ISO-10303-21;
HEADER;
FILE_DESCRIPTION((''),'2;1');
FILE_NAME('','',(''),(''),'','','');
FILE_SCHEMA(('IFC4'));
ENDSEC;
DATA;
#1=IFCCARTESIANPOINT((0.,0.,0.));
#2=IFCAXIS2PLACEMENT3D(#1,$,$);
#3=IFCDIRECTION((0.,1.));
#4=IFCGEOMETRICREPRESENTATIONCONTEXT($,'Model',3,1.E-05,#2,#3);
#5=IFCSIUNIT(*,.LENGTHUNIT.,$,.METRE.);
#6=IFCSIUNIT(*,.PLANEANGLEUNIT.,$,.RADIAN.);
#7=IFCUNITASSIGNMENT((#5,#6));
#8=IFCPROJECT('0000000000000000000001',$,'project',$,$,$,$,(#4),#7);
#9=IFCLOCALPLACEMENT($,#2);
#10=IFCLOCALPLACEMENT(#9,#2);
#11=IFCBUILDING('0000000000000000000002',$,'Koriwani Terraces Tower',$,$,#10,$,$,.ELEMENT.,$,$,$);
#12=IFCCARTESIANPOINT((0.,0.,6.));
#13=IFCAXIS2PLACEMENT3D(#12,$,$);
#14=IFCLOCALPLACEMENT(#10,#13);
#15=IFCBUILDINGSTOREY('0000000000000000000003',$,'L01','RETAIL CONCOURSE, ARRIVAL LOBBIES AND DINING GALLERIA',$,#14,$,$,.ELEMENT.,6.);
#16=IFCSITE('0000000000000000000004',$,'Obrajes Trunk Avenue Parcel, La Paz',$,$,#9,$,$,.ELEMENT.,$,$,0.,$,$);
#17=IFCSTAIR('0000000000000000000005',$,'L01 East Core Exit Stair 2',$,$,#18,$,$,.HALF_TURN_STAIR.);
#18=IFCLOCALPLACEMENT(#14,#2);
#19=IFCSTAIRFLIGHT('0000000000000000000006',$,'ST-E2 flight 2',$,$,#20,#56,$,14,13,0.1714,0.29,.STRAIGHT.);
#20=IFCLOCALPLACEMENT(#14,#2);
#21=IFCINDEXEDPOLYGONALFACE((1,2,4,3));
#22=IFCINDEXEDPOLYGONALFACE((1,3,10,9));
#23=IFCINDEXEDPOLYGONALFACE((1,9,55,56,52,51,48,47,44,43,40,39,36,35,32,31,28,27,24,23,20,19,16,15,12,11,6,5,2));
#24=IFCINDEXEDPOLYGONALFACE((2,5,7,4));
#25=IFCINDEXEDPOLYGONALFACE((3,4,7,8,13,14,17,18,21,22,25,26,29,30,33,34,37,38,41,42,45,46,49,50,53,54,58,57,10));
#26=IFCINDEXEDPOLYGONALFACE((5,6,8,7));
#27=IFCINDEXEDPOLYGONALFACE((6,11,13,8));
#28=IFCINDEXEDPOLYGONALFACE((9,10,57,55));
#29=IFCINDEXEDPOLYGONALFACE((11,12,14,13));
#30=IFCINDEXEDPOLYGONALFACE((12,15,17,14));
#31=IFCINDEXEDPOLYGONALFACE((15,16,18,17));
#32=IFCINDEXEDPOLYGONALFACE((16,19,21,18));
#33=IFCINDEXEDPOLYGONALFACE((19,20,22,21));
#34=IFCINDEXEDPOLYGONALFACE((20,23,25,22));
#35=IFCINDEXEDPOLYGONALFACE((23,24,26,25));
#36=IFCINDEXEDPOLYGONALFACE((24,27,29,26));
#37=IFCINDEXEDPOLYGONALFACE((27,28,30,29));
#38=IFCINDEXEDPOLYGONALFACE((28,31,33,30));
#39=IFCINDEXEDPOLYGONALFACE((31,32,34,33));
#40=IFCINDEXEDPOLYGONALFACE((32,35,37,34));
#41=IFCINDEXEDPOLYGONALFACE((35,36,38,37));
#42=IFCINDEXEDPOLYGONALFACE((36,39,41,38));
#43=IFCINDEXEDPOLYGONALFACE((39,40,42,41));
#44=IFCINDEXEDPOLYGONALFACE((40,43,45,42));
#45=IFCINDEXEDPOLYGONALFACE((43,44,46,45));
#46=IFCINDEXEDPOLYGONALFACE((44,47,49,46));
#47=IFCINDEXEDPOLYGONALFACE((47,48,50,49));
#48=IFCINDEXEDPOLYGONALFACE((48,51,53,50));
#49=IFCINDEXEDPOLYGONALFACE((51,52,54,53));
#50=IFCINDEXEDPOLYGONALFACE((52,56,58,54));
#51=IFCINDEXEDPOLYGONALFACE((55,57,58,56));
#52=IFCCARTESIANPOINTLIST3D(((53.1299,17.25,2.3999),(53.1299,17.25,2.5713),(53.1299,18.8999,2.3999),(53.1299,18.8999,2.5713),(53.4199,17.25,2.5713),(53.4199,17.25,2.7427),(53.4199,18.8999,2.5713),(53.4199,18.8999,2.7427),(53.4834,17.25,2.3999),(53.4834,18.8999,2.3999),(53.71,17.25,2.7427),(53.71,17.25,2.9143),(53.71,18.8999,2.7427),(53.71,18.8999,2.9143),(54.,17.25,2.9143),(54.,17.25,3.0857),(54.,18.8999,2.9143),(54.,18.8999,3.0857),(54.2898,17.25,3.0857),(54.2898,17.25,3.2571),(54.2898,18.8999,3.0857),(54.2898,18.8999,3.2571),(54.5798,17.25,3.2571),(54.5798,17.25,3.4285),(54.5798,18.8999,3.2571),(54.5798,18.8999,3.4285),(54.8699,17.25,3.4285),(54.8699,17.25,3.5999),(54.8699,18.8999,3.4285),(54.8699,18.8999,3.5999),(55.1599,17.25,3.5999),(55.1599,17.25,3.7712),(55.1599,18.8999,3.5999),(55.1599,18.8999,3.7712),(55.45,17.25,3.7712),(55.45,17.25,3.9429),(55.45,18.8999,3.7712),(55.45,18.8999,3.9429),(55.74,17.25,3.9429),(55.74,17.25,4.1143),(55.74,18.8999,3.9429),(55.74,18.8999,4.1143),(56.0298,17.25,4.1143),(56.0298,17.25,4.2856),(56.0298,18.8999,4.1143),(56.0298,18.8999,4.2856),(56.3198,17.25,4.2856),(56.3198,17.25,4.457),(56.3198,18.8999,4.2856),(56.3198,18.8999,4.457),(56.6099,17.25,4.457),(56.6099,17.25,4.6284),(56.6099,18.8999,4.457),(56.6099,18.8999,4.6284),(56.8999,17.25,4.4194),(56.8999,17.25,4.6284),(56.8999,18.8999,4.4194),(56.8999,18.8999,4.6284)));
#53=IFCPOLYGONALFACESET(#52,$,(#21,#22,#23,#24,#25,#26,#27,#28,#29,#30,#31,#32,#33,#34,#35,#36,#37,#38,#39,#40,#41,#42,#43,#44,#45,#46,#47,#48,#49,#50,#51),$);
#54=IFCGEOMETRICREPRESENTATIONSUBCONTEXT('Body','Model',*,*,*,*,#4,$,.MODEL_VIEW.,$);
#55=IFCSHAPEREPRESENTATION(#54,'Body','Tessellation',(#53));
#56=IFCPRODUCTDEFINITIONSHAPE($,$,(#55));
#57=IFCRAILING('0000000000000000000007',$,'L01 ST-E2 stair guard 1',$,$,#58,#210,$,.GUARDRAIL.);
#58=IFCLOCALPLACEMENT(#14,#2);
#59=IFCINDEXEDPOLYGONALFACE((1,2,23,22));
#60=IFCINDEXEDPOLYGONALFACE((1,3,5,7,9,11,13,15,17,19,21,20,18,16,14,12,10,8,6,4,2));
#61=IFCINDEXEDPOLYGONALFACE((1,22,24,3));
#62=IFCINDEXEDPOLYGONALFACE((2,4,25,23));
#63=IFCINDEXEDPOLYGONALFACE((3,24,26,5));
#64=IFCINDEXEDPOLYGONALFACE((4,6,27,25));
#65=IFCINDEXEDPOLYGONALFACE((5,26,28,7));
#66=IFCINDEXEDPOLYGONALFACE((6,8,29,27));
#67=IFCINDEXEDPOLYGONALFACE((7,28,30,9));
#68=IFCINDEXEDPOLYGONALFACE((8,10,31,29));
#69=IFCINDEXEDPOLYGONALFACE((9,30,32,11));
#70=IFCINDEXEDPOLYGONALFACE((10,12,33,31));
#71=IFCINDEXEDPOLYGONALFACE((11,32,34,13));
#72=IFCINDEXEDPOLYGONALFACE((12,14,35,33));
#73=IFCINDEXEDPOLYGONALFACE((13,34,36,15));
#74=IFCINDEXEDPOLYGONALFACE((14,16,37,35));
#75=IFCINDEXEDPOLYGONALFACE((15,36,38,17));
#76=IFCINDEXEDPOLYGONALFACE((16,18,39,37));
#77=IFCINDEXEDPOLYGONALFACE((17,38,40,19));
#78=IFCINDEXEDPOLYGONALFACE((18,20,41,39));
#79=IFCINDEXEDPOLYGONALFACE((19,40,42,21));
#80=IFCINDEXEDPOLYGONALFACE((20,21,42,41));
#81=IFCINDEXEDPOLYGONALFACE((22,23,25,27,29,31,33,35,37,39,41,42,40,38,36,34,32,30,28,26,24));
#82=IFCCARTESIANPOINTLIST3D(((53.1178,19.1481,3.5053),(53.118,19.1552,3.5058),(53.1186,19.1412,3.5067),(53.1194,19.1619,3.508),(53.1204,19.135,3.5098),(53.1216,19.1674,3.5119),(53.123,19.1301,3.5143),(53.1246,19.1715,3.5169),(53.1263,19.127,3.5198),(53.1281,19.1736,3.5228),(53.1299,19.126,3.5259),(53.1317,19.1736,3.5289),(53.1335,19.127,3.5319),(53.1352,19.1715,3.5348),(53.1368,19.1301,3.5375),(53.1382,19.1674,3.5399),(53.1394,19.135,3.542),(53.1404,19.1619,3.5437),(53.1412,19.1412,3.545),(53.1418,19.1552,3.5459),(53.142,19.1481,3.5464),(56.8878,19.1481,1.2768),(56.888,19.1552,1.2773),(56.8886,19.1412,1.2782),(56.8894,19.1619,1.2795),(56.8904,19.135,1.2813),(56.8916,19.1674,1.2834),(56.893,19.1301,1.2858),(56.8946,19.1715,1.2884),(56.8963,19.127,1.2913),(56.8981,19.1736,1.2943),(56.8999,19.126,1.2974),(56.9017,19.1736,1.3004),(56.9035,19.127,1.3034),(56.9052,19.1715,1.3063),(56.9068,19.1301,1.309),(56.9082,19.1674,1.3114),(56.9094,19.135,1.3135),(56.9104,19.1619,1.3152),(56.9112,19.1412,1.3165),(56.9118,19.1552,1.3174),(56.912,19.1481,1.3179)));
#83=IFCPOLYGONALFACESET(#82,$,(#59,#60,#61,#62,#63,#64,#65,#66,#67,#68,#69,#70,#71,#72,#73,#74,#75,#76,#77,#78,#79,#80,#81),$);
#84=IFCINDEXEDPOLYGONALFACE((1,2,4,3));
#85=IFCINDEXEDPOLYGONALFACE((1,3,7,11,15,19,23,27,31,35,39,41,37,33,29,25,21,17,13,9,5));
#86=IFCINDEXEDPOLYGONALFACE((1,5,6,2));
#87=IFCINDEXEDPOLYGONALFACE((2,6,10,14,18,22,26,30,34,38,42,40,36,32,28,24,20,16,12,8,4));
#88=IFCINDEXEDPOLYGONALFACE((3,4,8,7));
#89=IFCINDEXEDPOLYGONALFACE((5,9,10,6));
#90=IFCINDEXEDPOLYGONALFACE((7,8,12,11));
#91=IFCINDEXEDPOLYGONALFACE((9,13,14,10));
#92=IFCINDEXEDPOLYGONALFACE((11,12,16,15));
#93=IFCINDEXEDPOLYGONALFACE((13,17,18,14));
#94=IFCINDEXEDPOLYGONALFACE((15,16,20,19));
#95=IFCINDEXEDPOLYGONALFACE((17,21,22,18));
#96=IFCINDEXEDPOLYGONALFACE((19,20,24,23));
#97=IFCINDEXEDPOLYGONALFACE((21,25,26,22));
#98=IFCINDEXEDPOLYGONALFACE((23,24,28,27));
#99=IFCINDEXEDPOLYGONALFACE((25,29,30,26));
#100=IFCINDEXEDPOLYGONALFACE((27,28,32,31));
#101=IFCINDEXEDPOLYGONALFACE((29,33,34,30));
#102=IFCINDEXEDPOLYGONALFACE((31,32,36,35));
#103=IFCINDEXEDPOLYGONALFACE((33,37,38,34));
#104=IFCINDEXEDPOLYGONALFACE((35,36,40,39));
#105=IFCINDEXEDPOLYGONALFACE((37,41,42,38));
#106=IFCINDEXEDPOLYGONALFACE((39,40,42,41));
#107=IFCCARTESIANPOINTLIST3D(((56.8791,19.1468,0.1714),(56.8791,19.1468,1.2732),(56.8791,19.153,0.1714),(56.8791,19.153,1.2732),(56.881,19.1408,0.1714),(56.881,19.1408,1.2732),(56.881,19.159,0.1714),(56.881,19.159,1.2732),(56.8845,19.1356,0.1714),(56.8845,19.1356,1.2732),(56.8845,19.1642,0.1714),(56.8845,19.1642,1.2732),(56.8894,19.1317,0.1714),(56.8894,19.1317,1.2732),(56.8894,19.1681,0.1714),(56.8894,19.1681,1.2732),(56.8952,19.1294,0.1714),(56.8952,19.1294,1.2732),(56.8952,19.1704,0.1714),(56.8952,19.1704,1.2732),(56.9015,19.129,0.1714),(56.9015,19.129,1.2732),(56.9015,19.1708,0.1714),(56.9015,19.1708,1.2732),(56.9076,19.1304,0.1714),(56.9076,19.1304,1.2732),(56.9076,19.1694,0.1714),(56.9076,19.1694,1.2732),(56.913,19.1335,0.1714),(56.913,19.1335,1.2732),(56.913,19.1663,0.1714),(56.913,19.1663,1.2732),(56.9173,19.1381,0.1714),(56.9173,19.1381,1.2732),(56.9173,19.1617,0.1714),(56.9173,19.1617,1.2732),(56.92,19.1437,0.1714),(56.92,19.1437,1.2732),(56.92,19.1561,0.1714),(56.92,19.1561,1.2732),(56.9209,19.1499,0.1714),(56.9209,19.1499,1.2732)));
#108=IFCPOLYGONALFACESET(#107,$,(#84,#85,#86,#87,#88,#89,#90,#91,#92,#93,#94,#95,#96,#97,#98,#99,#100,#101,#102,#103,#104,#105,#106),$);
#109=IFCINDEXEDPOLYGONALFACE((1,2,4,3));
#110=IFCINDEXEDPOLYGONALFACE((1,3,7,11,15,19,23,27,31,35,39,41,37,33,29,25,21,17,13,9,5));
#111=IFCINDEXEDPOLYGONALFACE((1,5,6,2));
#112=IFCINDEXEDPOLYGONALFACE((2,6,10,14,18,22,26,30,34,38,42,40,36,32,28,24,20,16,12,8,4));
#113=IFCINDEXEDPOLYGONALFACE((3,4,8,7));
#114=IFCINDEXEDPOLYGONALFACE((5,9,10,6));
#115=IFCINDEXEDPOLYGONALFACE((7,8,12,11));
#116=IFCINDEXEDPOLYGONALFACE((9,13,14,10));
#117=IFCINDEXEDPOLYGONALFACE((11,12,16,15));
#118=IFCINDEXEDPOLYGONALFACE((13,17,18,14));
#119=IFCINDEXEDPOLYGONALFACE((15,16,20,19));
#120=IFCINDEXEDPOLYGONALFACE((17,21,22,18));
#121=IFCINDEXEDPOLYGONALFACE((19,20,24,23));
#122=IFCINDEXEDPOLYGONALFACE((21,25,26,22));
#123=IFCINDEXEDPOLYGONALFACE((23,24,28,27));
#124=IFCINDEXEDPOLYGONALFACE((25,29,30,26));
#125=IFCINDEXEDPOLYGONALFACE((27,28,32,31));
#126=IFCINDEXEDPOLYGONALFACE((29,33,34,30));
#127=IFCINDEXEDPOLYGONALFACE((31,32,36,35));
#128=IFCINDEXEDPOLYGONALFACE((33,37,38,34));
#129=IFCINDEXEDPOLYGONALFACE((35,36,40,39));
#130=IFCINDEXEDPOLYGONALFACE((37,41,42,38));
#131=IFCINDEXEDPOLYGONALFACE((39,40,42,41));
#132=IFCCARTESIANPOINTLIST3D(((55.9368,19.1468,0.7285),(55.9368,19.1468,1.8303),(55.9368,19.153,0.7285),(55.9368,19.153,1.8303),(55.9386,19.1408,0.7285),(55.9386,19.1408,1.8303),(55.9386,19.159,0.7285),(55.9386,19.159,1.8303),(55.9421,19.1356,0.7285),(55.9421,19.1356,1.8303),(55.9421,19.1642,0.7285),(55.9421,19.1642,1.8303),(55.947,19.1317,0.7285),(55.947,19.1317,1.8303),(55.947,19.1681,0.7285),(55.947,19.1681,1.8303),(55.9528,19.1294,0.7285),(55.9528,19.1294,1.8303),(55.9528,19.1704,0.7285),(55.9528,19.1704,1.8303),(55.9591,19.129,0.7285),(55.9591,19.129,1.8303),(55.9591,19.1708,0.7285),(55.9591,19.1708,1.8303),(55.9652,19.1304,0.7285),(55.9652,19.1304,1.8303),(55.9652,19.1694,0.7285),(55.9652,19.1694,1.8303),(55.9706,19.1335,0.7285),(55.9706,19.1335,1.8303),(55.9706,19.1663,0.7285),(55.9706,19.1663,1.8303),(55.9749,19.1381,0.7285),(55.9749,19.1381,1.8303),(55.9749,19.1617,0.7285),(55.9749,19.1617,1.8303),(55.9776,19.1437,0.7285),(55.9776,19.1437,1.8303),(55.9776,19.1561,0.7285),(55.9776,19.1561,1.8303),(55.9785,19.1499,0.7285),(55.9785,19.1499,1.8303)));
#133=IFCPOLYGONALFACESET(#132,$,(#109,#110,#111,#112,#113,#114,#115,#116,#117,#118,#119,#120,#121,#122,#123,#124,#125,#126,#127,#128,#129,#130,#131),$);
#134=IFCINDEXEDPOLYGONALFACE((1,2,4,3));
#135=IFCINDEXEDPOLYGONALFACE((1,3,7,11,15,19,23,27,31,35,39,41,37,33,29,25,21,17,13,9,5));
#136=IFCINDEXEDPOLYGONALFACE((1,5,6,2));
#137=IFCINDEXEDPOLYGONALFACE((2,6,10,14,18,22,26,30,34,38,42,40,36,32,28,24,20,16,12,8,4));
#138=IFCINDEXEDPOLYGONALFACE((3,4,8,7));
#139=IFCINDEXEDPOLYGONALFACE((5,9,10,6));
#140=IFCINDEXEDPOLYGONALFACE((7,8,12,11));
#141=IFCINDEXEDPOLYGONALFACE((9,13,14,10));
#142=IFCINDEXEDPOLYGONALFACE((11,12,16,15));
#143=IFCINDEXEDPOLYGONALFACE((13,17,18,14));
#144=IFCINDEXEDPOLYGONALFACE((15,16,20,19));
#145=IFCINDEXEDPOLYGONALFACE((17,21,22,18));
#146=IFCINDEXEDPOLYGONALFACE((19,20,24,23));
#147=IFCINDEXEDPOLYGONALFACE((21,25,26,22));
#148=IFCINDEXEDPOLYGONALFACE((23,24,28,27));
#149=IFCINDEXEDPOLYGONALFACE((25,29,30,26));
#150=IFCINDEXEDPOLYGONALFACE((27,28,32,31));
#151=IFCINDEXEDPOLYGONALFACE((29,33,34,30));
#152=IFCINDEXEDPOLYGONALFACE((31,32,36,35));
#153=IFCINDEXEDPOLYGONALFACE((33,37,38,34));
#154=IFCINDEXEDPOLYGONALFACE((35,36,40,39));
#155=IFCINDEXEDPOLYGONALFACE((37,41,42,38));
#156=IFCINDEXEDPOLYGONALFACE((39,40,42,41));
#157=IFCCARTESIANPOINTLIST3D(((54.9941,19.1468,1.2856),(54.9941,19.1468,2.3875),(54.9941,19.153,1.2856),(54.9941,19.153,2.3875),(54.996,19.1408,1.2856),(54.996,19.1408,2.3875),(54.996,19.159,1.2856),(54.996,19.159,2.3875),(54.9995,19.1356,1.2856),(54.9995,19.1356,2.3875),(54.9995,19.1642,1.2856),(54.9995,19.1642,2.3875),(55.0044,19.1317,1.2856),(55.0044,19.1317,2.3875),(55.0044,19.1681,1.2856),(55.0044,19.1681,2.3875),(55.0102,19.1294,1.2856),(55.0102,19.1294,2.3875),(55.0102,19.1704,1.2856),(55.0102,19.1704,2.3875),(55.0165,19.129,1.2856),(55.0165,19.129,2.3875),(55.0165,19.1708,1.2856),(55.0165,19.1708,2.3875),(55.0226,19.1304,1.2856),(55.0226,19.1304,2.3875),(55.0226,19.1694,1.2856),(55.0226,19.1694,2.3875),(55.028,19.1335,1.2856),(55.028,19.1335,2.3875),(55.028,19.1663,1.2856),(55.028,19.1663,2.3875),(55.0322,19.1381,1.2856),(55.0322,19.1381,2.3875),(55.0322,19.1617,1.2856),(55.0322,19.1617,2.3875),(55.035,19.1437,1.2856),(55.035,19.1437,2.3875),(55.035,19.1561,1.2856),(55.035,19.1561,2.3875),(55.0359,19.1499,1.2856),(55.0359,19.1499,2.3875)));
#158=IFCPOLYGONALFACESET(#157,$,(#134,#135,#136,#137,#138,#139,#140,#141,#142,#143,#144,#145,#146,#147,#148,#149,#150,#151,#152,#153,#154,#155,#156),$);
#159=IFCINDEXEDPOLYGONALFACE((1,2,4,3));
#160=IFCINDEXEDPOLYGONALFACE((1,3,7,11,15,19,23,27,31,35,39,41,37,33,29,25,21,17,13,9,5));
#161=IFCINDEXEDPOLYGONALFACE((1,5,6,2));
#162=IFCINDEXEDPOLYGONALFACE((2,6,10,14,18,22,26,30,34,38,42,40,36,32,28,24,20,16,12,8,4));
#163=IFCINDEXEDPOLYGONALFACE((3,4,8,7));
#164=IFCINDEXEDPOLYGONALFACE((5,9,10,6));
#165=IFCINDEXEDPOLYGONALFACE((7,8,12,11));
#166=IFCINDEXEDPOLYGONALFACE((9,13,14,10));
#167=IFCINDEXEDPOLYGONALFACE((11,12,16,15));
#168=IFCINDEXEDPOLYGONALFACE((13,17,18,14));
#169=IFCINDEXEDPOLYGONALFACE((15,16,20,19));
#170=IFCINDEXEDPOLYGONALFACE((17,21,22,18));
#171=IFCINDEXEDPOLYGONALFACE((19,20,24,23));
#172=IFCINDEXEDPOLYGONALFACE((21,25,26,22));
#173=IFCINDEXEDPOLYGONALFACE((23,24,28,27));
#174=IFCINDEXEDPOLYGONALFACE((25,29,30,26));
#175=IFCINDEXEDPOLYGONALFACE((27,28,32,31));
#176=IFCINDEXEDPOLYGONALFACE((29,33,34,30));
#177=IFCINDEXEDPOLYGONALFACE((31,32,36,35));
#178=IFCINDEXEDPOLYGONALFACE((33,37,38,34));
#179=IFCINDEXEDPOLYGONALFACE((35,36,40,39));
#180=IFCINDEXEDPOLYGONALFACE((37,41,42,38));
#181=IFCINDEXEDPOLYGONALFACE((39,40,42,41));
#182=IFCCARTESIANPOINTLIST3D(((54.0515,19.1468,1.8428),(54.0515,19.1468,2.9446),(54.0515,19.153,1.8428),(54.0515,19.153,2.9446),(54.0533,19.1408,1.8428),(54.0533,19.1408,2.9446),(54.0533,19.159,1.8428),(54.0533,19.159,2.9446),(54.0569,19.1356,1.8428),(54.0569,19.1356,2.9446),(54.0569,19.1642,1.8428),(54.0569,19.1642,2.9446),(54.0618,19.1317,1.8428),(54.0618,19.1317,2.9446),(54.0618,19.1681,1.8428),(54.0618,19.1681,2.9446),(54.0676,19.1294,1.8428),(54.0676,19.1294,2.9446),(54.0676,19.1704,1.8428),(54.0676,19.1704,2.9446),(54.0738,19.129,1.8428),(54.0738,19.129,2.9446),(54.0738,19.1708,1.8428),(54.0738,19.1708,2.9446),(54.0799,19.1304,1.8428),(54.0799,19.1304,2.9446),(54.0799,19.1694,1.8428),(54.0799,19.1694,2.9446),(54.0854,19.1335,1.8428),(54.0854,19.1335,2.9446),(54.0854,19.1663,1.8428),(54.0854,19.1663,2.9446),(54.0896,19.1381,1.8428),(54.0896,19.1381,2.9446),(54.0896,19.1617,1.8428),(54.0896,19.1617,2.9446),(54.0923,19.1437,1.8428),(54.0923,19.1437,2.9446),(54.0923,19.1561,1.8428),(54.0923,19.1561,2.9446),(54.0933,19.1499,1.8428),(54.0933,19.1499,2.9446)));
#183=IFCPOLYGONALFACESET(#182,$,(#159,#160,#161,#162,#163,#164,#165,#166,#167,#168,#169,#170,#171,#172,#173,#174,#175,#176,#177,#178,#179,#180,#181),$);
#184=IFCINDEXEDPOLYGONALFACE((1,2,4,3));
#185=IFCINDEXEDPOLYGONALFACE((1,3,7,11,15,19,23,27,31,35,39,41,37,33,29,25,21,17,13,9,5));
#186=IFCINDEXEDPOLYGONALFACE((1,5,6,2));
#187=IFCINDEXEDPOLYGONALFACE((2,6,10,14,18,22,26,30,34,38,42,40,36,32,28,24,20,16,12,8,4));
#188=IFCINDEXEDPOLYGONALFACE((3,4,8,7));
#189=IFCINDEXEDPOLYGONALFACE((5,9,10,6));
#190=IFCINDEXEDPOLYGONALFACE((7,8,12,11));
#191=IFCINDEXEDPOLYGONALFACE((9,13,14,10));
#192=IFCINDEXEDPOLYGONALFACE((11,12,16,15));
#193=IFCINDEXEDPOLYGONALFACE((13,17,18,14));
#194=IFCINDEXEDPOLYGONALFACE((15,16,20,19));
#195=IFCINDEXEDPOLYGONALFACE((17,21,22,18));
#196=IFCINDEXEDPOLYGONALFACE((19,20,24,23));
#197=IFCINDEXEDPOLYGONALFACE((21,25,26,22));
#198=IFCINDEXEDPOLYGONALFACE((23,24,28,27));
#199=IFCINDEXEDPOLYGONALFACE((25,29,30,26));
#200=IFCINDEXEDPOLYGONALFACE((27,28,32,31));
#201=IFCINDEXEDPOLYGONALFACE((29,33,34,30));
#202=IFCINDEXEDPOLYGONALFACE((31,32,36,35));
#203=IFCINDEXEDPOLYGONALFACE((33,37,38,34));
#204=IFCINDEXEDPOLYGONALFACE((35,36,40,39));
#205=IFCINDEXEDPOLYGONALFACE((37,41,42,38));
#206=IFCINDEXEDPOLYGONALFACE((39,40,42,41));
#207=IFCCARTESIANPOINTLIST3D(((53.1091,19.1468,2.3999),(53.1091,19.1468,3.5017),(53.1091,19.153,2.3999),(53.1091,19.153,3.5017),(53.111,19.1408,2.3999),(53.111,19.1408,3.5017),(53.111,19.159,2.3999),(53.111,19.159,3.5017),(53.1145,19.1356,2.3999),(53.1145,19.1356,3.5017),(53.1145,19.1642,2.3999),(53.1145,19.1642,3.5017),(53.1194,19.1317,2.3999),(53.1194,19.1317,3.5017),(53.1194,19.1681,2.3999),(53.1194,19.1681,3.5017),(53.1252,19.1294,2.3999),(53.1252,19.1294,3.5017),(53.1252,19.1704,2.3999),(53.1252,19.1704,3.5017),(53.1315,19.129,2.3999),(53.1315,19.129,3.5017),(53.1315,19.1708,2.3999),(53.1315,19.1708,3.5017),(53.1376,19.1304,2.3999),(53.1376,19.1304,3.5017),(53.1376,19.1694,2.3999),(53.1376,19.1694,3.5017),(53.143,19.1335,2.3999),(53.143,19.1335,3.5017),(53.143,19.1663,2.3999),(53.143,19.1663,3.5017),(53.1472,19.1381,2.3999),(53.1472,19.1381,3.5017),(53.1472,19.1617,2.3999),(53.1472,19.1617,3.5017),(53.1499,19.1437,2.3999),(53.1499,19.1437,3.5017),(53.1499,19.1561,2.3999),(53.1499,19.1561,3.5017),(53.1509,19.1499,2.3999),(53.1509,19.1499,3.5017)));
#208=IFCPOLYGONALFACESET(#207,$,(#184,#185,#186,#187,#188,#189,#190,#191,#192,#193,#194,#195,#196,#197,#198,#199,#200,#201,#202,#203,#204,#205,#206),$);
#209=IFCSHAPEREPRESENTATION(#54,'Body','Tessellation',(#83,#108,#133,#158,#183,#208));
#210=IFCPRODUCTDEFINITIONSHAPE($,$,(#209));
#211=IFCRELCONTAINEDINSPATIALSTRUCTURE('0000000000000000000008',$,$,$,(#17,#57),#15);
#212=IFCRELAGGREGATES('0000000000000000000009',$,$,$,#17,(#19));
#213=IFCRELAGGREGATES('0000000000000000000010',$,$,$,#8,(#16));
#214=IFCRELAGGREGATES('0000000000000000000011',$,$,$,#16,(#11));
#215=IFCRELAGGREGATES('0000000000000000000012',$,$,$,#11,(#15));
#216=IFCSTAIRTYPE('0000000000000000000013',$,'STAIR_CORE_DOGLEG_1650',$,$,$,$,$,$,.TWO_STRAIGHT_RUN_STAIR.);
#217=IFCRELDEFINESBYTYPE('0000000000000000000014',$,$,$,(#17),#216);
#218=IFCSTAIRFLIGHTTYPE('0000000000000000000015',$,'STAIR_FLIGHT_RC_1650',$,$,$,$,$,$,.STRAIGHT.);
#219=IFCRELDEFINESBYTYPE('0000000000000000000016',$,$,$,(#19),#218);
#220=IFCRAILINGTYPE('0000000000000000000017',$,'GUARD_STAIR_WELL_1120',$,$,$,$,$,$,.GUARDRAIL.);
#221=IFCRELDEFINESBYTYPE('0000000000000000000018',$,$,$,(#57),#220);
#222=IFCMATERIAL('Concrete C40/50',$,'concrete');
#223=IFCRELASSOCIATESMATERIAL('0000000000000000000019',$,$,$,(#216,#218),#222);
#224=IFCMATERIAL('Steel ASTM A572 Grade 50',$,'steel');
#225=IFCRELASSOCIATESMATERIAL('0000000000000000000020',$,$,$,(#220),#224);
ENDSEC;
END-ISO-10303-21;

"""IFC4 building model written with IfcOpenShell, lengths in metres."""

from ifc_helpers import new_model, si_unit, direction, frame, origin, origin_2d, place, context, subcontext, project, spatial, polyline, circle, outline, extrude, material, type_object, element, aggregate, save


model = new_model("IFC4")

# Units and contexts
model_context = context("Model", 3, precision=1e-05, world=origin(), true_north=direction((0.0, 1.0)))
body_context = subcontext(model_context, "Body", "Model", "MODEL_VIEW")
ifc_project = project(units=[si_unit("LENGTHUNIT", "METRE"), si_unit("PLANEANGLEUNIT", "RADIAN")], contexts=[model_context])

# Site, building, storey
site_placement = place(None, origin())
site = spatial("IfcSite", under=ifc_project, at=site_placement, Name="Obrajes Trunk Avenue Parcel, La Paz", CompositionType="ELEMENT", RefElevation=0.0)
building_placement = place(site_placement, origin())
building = spatial("IfcBuilding", under=site, at=building_placement, Name="Koriwani Terraces Tower", CompositionType="ELEMENT")
storey_placement = place(building_placement, frame((0.0, 0.0, 6.0)))
storey = spatial("IfcBuildingStorey", under=building, at=storey_placement, Name="L01", Description="RETAIL CONCOURSE, ARRIVAL LOBBIES AND DINING GALLERIA", CompositionType="ELEMENT", Elevation=6.0)

# Shared definitions
ifc_material_1 = material(Name="Concrete C40/50", Category="concrete")
ifc_material_2 = material(Name="Steel ASTM A572 Grade 50", Category="steel")

# Stair, stair flight
stair_type = type_object("IfcStairType", Name="STAIR_CORE_DOGLEG_1650", PredefinedType="TWO_STRAIGHT_RUN_STAIR", material=ifc_material_1)
stair_placement = place(storey_placement, origin())
stair = element("IfcStair", 1, at=stair_placement, inside=storey, type_object=stair_type, Name="L01 East Core Exit Stair 2", PredefinedType="HALF_TURN_STAIR")
stair_flight_type = type_object("IfcStairFlightType", Name="STAIR_FLIGHT_RC_1650", PredefinedType="STRAIGHT", material=ifc_material_1)
stair_flight_1_placement = place(storey_placement, frame((53.1299, 18.075, 2.3999), z_axis=(0.0, 0.0, 1.0), x_axis=(1.0, 0.0, 0.0)))
stair_flight_1 = element("IfcStairFlight", 2, at=stair_flight_1_placement, type_object=stair_flight_type, Name="ST-E2 flight 2", NumberOfRisers=14, NumberOfTreads=13, PredefinedType="STRAIGHT", RiserHeight=0.1714, TreadLength=0.29, context=body_context, shape_type="SweptSolid", body=[
    extrude(outline(polyline([(0.0, 0.0), (0.0, 0.1714), (0.29, 0.1714), (0.29, 0.3428), (0.5801, 0.3428), (0.5801, 0.5144), (0.8701, 0.5144), (0.8701, 0.6858), (1.1599, 0.6858), (1.1599, 0.8572), (1.45, 0.8572), (1.45, 1.0286), (1.74, 1.0286), (1.74, 1.2), (2.03, 1.2), (2.03, 1.3713), (2.3201, 1.3713), (2.3201, 1.543), (2.6101, 1.543), (2.6101, 1.7144), (2.8999, 1.7144), (2.8999, 1.8857), (3.1899, 1.8857), (3.1899, 2.0571), (3.48, 2.0571), (3.48, 2.2285), (3.77, 2.2285), (3.77, 2.3999), (3.77, 2.0195), (0.3535, 0.0), (0.0, 0.0)])), frame((0.0, 0.825, 0.0), z_axis=(0.0, -1.0, 0.0), x_axis=(1.0, 0.0, 0.0)), (0.0, 0.0, 1.0), 1.6499),
])
aggregate(stair, [stair_flight_1])

# Railing
railing_type_1 = type_object("IfcRailingType", Name="GUARD_STAIR_WELL_1120", PredefinedType="GUARDRAIL", material=ifc_material_2)
railing_1_placement = place(storey_placement, frame((56.8999, 19.1499, 0.1714)))
element("IfcRailing", 3, at=railing_1_placement, inside=storey, type_object=railing_type_1, Name="L01 ST-E2 stair guard 1", PredefinedType="GUARDRAIL", context=body_context, shape_type="SweptSolid", body=[
    extrude(circle(Radius=0.0239, at=origin_2d()), frame((0.0, 0.0, 1.126), z_axis=(-0.860849, 0.0, 0.508861), x_axis=(0.0, -1.0, 0.0)), (0.0, 0.0, 1.0), 4.3794),
    extrude(circle(Radius=0.021, at=origin_2d()), origin(), (0.0, 0.0, 1.0), 1.1018),
    extrude(circle(Radius=0.021, at=origin_2d()), frame((-0.9424, 0.0, 0.5571)), (0.0, 0.0, 1.0), 1.1018),
    extrude(circle(Radius=0.021, at=origin_2d()), frame((-1.885, 0.0, 1.1143)), (0.0, 0.0, 1.0), 1.1018),
    extrude(circle(Radius=0.021, at=origin_2d()), frame((-2.8276, 0.0, 1.6714)), (0.0, 0.0, 1.0), 1.1018),
    extrude(circle(Radius=0.021, at=origin_2d()), frame((-3.77, 0.0, 2.2285)), (0.0, 0.0, 1.0), 1.1018),
])

save(model, "model.ifc")
